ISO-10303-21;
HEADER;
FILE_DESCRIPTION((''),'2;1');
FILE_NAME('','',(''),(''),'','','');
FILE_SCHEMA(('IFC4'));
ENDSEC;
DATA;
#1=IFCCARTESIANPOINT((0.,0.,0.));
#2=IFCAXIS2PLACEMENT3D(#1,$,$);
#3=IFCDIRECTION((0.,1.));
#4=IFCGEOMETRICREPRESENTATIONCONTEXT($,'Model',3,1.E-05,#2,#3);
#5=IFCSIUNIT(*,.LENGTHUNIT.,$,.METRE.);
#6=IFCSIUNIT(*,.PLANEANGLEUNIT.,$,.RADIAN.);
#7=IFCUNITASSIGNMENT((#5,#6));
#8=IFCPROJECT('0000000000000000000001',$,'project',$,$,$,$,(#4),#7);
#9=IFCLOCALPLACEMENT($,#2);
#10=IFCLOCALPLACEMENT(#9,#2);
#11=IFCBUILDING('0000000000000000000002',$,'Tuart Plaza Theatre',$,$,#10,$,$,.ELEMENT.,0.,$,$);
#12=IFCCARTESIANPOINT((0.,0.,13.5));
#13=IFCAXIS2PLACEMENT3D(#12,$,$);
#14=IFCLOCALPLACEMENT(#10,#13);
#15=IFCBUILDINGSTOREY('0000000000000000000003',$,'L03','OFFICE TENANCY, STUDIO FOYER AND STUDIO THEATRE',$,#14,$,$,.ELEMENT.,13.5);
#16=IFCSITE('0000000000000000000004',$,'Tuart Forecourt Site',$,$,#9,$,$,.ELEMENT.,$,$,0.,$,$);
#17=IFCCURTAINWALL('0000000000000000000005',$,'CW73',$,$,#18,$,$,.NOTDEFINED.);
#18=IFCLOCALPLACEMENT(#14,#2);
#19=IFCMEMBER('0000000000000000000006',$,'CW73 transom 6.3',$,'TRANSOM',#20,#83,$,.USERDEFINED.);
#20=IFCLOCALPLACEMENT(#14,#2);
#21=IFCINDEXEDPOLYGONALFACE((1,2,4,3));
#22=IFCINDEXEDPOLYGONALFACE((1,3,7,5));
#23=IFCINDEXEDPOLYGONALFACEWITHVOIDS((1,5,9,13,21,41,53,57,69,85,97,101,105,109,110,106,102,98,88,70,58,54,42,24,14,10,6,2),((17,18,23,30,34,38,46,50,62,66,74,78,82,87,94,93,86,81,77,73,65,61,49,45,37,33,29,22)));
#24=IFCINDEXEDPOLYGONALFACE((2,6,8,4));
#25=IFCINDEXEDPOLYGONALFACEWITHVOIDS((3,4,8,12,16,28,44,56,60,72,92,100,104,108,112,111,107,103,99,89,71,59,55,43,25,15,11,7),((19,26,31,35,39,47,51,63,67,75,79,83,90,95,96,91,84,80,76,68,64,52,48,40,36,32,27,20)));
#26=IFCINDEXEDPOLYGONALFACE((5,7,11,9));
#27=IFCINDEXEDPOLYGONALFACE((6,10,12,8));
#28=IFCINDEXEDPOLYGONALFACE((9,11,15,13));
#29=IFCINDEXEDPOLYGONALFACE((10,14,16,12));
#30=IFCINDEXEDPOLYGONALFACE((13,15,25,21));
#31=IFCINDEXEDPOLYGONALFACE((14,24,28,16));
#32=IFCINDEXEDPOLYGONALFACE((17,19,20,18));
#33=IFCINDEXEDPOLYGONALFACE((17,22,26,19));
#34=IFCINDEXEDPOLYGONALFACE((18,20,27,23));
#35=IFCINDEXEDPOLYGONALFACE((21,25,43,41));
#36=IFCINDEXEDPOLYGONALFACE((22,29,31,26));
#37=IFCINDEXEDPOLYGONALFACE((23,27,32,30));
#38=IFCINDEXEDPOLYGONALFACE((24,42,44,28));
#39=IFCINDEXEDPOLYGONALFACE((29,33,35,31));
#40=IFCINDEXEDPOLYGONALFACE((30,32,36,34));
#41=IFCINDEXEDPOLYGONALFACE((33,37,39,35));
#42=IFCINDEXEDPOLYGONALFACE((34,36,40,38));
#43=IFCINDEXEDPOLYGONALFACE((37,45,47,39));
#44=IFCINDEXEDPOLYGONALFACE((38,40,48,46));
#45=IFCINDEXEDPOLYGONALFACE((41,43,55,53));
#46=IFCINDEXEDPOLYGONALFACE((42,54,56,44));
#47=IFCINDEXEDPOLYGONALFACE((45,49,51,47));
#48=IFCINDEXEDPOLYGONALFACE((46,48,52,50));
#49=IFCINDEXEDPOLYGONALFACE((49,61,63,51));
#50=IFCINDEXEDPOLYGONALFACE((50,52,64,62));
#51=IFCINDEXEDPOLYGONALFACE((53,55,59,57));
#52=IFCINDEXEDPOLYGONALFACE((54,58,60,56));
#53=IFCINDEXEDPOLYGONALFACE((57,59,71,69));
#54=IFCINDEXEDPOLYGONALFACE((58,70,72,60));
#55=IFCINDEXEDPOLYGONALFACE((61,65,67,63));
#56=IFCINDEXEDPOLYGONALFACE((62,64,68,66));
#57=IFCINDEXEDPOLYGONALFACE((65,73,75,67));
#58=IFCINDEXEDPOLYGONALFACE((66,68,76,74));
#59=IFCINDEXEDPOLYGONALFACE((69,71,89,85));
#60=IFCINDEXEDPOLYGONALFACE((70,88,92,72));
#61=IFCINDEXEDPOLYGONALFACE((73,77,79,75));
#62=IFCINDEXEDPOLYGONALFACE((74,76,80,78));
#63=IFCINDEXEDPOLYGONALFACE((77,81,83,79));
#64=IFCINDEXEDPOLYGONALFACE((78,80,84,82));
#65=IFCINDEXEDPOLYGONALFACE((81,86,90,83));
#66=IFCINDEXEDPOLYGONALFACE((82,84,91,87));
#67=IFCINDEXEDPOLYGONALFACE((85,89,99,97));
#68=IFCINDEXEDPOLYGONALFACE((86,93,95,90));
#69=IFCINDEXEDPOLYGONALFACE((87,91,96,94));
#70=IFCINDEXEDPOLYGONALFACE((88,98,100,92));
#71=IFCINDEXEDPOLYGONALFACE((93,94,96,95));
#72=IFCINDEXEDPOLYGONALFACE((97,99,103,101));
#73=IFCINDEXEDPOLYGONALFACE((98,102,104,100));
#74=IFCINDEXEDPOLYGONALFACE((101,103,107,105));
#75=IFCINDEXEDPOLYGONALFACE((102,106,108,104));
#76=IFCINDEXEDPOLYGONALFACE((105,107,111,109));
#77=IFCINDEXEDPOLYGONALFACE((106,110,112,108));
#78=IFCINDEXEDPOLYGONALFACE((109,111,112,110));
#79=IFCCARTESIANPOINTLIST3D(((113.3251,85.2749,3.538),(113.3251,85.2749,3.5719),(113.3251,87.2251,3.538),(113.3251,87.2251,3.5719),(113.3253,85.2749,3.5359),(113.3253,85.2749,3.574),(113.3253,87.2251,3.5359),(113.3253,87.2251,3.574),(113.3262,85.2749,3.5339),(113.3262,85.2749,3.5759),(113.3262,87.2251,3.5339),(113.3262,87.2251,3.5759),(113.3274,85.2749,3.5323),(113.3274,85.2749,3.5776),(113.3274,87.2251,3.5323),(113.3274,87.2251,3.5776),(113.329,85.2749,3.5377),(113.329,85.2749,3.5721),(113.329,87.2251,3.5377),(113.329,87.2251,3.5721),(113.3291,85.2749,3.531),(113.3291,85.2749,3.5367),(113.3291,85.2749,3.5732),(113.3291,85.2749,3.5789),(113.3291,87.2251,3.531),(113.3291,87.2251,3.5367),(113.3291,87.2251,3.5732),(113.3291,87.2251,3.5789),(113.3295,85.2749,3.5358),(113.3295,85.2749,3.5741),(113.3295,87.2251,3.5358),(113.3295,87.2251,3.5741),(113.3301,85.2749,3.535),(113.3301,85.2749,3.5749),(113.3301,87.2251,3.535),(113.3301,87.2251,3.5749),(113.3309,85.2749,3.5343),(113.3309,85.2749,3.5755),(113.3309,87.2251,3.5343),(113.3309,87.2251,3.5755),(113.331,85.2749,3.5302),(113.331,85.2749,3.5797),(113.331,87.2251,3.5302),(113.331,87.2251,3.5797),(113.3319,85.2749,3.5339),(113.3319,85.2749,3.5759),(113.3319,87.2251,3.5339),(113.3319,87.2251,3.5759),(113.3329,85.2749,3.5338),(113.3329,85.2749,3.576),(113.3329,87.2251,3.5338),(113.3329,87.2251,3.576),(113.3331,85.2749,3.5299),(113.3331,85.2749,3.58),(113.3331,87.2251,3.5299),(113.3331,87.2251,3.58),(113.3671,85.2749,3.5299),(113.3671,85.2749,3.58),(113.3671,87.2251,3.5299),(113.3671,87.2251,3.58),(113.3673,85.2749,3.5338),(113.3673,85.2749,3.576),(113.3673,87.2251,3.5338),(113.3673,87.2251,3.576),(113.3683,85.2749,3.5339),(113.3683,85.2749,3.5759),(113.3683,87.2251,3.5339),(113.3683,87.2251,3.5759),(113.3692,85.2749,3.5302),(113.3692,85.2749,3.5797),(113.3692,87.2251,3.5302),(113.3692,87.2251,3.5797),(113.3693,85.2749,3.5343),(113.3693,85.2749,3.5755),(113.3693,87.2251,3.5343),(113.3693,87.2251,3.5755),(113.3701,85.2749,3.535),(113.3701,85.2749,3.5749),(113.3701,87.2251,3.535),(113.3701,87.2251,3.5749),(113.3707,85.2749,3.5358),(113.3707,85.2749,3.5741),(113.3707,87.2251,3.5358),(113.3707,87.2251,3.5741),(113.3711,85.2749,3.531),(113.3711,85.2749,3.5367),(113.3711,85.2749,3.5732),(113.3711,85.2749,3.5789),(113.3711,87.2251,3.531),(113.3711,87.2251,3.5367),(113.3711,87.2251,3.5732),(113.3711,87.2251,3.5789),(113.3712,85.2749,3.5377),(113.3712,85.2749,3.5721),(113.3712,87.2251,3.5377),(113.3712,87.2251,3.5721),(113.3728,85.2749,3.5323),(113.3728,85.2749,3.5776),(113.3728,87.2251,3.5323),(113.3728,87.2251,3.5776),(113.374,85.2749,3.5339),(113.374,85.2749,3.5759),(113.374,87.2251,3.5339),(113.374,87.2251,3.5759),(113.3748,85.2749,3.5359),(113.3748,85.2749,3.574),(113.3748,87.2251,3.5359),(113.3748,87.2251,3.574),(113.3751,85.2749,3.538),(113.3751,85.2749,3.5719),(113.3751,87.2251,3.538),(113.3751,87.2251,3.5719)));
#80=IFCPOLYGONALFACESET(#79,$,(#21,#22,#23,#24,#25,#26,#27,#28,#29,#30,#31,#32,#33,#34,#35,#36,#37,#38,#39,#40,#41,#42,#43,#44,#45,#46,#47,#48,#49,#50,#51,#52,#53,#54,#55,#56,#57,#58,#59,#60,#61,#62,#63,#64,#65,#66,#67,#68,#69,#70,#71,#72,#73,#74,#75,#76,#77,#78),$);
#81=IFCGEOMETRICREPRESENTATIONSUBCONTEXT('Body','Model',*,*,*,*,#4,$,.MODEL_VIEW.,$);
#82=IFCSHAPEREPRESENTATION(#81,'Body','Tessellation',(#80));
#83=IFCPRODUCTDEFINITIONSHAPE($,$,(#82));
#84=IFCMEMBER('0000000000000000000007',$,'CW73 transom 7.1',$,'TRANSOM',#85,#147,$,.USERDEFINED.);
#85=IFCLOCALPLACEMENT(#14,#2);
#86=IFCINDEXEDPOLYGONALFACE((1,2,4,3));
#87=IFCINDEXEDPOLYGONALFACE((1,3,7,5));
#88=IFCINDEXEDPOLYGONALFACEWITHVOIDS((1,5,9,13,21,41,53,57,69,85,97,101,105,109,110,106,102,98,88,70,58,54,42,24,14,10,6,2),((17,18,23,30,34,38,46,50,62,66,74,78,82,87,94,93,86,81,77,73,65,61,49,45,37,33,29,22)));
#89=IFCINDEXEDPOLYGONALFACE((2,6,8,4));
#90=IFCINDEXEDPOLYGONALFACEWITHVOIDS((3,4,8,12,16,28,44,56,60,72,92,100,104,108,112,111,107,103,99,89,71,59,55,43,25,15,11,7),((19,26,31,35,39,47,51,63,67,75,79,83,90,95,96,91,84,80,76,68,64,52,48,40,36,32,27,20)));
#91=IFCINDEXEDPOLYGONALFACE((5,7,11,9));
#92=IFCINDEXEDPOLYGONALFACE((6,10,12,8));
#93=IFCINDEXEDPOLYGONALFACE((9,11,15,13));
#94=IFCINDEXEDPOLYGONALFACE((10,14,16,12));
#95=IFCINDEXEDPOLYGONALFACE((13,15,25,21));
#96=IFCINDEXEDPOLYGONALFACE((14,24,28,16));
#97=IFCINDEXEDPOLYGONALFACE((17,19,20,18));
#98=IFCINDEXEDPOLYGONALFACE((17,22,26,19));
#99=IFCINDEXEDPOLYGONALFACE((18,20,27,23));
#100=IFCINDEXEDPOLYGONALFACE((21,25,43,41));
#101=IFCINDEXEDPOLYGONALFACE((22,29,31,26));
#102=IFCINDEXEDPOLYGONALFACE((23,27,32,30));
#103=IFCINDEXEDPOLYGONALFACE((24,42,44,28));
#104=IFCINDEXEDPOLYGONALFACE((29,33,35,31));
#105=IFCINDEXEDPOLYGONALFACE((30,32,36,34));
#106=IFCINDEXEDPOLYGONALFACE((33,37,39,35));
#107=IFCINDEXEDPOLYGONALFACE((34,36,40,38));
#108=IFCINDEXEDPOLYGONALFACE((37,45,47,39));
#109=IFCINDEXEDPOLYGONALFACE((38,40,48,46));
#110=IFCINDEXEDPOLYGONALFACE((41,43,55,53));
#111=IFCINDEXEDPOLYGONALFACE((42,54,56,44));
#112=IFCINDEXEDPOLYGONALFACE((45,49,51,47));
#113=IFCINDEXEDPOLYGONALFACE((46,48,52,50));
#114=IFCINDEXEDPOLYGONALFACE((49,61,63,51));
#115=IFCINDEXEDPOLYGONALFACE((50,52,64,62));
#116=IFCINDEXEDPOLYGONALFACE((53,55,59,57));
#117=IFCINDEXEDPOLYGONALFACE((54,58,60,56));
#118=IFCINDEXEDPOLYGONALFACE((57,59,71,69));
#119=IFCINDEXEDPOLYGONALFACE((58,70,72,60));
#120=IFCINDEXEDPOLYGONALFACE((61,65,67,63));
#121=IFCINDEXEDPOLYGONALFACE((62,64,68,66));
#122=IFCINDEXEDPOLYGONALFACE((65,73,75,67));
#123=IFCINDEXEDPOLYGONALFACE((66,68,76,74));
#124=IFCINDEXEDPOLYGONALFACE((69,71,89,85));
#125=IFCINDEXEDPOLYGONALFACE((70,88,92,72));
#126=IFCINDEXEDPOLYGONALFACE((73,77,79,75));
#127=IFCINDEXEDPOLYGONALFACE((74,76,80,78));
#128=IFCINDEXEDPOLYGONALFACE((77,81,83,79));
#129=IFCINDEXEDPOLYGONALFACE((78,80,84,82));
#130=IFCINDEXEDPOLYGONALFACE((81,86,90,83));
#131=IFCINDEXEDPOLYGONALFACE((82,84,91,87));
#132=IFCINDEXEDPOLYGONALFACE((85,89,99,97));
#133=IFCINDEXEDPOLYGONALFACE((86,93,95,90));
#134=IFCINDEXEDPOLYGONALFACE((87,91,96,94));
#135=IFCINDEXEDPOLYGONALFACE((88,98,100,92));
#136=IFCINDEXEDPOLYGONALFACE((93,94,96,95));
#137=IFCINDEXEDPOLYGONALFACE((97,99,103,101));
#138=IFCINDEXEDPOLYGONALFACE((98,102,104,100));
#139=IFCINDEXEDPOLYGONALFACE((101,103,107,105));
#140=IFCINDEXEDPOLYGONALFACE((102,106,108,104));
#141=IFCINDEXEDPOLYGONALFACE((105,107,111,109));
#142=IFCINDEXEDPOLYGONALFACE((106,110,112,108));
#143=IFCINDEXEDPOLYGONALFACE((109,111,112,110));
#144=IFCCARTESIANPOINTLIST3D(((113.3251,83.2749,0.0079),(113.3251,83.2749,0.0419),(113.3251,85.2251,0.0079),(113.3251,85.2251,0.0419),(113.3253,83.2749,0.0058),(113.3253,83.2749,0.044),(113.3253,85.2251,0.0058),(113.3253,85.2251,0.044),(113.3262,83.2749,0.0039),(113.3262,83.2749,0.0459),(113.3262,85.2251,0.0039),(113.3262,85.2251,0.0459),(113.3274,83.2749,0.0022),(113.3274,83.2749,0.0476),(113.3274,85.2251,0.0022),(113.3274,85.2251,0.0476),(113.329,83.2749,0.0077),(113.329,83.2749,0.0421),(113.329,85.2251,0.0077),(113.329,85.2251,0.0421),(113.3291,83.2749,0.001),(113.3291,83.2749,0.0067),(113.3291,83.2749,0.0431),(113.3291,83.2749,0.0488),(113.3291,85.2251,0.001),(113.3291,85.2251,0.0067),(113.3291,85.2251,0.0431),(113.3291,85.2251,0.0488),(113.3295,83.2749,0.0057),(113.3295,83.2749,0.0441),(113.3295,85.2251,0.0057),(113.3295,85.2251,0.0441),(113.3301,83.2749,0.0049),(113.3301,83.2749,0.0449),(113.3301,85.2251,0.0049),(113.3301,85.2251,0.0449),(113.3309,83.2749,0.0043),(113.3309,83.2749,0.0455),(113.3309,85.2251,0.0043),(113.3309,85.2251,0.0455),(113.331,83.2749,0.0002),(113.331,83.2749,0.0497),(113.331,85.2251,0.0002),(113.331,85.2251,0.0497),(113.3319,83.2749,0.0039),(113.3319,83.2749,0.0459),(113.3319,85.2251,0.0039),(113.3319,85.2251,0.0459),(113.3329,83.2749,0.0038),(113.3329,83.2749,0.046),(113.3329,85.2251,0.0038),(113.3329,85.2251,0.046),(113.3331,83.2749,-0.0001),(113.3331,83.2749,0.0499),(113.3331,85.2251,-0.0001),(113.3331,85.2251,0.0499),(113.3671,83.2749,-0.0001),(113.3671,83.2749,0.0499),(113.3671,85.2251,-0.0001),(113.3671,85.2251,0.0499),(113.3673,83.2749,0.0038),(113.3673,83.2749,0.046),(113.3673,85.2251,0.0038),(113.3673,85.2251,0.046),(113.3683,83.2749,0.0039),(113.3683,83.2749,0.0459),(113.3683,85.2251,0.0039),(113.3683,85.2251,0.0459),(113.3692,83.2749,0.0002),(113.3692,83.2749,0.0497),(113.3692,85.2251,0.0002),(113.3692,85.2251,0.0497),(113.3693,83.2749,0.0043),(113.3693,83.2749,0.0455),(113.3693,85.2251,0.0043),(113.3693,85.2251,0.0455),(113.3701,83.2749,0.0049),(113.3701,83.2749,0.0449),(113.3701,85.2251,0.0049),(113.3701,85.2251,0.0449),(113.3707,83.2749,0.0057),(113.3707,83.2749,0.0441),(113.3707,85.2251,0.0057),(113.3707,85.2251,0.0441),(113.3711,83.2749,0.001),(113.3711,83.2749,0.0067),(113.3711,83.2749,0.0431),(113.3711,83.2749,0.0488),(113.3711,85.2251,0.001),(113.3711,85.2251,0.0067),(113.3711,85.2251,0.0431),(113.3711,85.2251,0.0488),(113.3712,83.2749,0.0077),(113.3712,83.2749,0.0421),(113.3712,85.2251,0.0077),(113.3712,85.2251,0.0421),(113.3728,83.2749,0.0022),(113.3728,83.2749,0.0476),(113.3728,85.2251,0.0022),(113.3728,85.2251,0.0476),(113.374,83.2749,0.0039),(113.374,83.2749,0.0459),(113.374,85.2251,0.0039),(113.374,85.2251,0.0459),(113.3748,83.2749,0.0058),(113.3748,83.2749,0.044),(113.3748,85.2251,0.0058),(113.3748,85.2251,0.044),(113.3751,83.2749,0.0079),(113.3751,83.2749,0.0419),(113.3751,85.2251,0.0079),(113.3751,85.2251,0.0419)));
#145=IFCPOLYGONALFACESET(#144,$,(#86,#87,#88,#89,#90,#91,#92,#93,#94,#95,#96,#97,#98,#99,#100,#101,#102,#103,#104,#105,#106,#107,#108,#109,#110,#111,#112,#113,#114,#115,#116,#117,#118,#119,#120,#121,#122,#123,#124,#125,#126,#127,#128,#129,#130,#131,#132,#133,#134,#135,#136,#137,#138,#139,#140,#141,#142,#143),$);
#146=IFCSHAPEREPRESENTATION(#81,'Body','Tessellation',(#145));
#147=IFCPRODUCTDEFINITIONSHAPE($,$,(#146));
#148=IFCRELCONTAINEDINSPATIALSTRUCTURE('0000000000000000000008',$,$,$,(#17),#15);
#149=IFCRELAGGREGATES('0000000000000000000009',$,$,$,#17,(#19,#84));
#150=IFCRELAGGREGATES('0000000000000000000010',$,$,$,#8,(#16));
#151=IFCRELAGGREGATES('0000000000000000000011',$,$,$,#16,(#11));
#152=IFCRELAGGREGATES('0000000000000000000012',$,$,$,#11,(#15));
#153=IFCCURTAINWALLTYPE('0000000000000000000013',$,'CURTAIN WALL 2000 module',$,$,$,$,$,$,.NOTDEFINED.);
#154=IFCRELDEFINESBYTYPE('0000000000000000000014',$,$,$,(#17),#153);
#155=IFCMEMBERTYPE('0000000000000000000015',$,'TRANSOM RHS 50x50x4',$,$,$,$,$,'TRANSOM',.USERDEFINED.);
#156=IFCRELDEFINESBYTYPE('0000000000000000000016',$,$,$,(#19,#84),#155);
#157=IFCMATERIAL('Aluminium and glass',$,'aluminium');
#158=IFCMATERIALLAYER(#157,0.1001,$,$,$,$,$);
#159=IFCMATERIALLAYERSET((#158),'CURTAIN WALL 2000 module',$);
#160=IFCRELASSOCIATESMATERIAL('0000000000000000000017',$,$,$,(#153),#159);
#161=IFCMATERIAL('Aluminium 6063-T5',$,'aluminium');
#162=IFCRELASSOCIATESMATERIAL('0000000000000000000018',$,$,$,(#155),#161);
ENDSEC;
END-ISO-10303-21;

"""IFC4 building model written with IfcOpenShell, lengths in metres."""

from ifc_helpers import new_model, si_unit, direction, frame, origin, origin_2d, place, context, subcontext, project, spatial, hollow_rectangle, extrude, material, layer, layer_set, material_profile, profile_set, type_object, element, aggregate, save


model = new_model("IFC4")

# Units and contexts
model_context = context("Model", 3, precision=1e-05, world=origin(), true_north=direction((0.0, 1.0)))
body_context = subcontext(model_context, "Body", "Model", "MODEL_VIEW")
ifc_project = project(units=[si_unit("LENGTHUNIT", "METRE"), si_unit("PLANEANGLEUNIT", "RADIAN")], contexts=[model_context])

# Site, building, storey
site_placement = place(None, origin())
site = spatial("IfcSite", under=ifc_project, at=site_placement, Name="Tuart Forecourt Site", CompositionType="ELEMENT", RefElevation=0.0)
building_placement = place(site_placement, origin())
building = spatial("IfcBuilding", under=site, at=building_placement, Name="Tuart Plaza Theatre", CompositionType="ELEMENT", ElevationOfRefHeight=0.0)
storey_placement = place(building_placement, frame((0.0, 0.0, 13.5)))
storey = spatial("IfcBuildingStorey", under=building, at=storey_placement, Name="L03", Description="OFFICE TENANCY, STUDIO FOYER AND STUDIO THEATRE", CompositionType="ELEMENT", Elevation=13.5)

# Curtain wall, members
ifc_material_1 = material(Name="Aluminium and glass", Category="aluminium")
ifc_layer_1 = layer(ifc_material_1, 0.1001)
ifc_layer_set_1 = layer_set([ifc_layer_1], Name="CURTAIN WALL 2000 module")
curtain_wall_type = type_object("IfcCurtainWallType", Name="CURTAIN WALL 2000 module", PredefinedType="NOTDEFINED", material=ifc_layer_set_1)
curtain_wall_placement = place(storey_placement, origin())
curtain_wall = element("IfcCurtainWall", 1, at=curtain_wall_placement, inside=storey, type_object=curtain_wall_type, Name="CW73", PredefinedType="NOTDEFINED")
ifc_material_2 = material(Name="Aluminium 6063-T5", Category="aluminium")
ifc_material_profile_1 = material_profile(ifc_material_2, hollow_rectangle(XDim=0.05, YDim=0.05, WallThickness=0.0039, InnerFilletRadius=0.0039, OuterFilletRadius=0.0081, at=origin_2d()), Name="RHS 50x50x4")
ifc_profile_set_1 = profile_set([ifc_material_profile_1], Name="Aluminium 6063-T5")
member_type_1 = type_object("IfcMemberType", Name="TRANSOM RHS 50x50x4", ElementType="TRANSOM", PredefinedType="USERDEFINED", material=ifc_profile_set_1)
member_1_placement = place(storey_placement, frame((113.3501, 87.2251, 3.5549), z_axis=(0.0, -1.0, 0.0), x_axis=(1.0, 0.0, 0.0)))
member_1 = element("IfcMember", 2, at=member_1_placement, type_object=member_type_1, Name="CW73 transom 6.3", ObjectType="TRANSOM", PredefinedType="USERDEFINED", context=body_context, shape_type="SweptSolid", body=[
    extrude(hollow_rectangle(XDim=0.05, YDim=0.05, WallThickness=0.0039, InnerFilletRadius=0.0039, OuterFilletRadius=0.0081, at=origin_2d()), origin(), (0.0, 0.0, 1.0), 1.9502),
])
member_2_placement = place(storey_placement, frame((113.3501, 85.2251, 0.0249), z_axis=(0.0, -1.0, 0.0), x_axis=(1.0, 0.0, 0.0)))
member_2 = element("IfcMember", 3, at=member_2_placement, type_object=member_type_1, Name="CW73 transom 7.1", ObjectType="TRANSOM", PredefinedType="USERDEFINED", context=body_context, shape_type="SweptSolid", body=[
    extrude(hollow_rectangle(XDim=0.05, YDim=0.05, WallThickness=0.0039, InnerFilletRadius=0.0039, OuterFilletRadius=0.0081, at=origin_2d()), origin(), (0.0, 0.0, 1.0), 1.9502),
])
aggregate(curtain_wall, [member_1, member_2])

save(model, "model.ifc")
